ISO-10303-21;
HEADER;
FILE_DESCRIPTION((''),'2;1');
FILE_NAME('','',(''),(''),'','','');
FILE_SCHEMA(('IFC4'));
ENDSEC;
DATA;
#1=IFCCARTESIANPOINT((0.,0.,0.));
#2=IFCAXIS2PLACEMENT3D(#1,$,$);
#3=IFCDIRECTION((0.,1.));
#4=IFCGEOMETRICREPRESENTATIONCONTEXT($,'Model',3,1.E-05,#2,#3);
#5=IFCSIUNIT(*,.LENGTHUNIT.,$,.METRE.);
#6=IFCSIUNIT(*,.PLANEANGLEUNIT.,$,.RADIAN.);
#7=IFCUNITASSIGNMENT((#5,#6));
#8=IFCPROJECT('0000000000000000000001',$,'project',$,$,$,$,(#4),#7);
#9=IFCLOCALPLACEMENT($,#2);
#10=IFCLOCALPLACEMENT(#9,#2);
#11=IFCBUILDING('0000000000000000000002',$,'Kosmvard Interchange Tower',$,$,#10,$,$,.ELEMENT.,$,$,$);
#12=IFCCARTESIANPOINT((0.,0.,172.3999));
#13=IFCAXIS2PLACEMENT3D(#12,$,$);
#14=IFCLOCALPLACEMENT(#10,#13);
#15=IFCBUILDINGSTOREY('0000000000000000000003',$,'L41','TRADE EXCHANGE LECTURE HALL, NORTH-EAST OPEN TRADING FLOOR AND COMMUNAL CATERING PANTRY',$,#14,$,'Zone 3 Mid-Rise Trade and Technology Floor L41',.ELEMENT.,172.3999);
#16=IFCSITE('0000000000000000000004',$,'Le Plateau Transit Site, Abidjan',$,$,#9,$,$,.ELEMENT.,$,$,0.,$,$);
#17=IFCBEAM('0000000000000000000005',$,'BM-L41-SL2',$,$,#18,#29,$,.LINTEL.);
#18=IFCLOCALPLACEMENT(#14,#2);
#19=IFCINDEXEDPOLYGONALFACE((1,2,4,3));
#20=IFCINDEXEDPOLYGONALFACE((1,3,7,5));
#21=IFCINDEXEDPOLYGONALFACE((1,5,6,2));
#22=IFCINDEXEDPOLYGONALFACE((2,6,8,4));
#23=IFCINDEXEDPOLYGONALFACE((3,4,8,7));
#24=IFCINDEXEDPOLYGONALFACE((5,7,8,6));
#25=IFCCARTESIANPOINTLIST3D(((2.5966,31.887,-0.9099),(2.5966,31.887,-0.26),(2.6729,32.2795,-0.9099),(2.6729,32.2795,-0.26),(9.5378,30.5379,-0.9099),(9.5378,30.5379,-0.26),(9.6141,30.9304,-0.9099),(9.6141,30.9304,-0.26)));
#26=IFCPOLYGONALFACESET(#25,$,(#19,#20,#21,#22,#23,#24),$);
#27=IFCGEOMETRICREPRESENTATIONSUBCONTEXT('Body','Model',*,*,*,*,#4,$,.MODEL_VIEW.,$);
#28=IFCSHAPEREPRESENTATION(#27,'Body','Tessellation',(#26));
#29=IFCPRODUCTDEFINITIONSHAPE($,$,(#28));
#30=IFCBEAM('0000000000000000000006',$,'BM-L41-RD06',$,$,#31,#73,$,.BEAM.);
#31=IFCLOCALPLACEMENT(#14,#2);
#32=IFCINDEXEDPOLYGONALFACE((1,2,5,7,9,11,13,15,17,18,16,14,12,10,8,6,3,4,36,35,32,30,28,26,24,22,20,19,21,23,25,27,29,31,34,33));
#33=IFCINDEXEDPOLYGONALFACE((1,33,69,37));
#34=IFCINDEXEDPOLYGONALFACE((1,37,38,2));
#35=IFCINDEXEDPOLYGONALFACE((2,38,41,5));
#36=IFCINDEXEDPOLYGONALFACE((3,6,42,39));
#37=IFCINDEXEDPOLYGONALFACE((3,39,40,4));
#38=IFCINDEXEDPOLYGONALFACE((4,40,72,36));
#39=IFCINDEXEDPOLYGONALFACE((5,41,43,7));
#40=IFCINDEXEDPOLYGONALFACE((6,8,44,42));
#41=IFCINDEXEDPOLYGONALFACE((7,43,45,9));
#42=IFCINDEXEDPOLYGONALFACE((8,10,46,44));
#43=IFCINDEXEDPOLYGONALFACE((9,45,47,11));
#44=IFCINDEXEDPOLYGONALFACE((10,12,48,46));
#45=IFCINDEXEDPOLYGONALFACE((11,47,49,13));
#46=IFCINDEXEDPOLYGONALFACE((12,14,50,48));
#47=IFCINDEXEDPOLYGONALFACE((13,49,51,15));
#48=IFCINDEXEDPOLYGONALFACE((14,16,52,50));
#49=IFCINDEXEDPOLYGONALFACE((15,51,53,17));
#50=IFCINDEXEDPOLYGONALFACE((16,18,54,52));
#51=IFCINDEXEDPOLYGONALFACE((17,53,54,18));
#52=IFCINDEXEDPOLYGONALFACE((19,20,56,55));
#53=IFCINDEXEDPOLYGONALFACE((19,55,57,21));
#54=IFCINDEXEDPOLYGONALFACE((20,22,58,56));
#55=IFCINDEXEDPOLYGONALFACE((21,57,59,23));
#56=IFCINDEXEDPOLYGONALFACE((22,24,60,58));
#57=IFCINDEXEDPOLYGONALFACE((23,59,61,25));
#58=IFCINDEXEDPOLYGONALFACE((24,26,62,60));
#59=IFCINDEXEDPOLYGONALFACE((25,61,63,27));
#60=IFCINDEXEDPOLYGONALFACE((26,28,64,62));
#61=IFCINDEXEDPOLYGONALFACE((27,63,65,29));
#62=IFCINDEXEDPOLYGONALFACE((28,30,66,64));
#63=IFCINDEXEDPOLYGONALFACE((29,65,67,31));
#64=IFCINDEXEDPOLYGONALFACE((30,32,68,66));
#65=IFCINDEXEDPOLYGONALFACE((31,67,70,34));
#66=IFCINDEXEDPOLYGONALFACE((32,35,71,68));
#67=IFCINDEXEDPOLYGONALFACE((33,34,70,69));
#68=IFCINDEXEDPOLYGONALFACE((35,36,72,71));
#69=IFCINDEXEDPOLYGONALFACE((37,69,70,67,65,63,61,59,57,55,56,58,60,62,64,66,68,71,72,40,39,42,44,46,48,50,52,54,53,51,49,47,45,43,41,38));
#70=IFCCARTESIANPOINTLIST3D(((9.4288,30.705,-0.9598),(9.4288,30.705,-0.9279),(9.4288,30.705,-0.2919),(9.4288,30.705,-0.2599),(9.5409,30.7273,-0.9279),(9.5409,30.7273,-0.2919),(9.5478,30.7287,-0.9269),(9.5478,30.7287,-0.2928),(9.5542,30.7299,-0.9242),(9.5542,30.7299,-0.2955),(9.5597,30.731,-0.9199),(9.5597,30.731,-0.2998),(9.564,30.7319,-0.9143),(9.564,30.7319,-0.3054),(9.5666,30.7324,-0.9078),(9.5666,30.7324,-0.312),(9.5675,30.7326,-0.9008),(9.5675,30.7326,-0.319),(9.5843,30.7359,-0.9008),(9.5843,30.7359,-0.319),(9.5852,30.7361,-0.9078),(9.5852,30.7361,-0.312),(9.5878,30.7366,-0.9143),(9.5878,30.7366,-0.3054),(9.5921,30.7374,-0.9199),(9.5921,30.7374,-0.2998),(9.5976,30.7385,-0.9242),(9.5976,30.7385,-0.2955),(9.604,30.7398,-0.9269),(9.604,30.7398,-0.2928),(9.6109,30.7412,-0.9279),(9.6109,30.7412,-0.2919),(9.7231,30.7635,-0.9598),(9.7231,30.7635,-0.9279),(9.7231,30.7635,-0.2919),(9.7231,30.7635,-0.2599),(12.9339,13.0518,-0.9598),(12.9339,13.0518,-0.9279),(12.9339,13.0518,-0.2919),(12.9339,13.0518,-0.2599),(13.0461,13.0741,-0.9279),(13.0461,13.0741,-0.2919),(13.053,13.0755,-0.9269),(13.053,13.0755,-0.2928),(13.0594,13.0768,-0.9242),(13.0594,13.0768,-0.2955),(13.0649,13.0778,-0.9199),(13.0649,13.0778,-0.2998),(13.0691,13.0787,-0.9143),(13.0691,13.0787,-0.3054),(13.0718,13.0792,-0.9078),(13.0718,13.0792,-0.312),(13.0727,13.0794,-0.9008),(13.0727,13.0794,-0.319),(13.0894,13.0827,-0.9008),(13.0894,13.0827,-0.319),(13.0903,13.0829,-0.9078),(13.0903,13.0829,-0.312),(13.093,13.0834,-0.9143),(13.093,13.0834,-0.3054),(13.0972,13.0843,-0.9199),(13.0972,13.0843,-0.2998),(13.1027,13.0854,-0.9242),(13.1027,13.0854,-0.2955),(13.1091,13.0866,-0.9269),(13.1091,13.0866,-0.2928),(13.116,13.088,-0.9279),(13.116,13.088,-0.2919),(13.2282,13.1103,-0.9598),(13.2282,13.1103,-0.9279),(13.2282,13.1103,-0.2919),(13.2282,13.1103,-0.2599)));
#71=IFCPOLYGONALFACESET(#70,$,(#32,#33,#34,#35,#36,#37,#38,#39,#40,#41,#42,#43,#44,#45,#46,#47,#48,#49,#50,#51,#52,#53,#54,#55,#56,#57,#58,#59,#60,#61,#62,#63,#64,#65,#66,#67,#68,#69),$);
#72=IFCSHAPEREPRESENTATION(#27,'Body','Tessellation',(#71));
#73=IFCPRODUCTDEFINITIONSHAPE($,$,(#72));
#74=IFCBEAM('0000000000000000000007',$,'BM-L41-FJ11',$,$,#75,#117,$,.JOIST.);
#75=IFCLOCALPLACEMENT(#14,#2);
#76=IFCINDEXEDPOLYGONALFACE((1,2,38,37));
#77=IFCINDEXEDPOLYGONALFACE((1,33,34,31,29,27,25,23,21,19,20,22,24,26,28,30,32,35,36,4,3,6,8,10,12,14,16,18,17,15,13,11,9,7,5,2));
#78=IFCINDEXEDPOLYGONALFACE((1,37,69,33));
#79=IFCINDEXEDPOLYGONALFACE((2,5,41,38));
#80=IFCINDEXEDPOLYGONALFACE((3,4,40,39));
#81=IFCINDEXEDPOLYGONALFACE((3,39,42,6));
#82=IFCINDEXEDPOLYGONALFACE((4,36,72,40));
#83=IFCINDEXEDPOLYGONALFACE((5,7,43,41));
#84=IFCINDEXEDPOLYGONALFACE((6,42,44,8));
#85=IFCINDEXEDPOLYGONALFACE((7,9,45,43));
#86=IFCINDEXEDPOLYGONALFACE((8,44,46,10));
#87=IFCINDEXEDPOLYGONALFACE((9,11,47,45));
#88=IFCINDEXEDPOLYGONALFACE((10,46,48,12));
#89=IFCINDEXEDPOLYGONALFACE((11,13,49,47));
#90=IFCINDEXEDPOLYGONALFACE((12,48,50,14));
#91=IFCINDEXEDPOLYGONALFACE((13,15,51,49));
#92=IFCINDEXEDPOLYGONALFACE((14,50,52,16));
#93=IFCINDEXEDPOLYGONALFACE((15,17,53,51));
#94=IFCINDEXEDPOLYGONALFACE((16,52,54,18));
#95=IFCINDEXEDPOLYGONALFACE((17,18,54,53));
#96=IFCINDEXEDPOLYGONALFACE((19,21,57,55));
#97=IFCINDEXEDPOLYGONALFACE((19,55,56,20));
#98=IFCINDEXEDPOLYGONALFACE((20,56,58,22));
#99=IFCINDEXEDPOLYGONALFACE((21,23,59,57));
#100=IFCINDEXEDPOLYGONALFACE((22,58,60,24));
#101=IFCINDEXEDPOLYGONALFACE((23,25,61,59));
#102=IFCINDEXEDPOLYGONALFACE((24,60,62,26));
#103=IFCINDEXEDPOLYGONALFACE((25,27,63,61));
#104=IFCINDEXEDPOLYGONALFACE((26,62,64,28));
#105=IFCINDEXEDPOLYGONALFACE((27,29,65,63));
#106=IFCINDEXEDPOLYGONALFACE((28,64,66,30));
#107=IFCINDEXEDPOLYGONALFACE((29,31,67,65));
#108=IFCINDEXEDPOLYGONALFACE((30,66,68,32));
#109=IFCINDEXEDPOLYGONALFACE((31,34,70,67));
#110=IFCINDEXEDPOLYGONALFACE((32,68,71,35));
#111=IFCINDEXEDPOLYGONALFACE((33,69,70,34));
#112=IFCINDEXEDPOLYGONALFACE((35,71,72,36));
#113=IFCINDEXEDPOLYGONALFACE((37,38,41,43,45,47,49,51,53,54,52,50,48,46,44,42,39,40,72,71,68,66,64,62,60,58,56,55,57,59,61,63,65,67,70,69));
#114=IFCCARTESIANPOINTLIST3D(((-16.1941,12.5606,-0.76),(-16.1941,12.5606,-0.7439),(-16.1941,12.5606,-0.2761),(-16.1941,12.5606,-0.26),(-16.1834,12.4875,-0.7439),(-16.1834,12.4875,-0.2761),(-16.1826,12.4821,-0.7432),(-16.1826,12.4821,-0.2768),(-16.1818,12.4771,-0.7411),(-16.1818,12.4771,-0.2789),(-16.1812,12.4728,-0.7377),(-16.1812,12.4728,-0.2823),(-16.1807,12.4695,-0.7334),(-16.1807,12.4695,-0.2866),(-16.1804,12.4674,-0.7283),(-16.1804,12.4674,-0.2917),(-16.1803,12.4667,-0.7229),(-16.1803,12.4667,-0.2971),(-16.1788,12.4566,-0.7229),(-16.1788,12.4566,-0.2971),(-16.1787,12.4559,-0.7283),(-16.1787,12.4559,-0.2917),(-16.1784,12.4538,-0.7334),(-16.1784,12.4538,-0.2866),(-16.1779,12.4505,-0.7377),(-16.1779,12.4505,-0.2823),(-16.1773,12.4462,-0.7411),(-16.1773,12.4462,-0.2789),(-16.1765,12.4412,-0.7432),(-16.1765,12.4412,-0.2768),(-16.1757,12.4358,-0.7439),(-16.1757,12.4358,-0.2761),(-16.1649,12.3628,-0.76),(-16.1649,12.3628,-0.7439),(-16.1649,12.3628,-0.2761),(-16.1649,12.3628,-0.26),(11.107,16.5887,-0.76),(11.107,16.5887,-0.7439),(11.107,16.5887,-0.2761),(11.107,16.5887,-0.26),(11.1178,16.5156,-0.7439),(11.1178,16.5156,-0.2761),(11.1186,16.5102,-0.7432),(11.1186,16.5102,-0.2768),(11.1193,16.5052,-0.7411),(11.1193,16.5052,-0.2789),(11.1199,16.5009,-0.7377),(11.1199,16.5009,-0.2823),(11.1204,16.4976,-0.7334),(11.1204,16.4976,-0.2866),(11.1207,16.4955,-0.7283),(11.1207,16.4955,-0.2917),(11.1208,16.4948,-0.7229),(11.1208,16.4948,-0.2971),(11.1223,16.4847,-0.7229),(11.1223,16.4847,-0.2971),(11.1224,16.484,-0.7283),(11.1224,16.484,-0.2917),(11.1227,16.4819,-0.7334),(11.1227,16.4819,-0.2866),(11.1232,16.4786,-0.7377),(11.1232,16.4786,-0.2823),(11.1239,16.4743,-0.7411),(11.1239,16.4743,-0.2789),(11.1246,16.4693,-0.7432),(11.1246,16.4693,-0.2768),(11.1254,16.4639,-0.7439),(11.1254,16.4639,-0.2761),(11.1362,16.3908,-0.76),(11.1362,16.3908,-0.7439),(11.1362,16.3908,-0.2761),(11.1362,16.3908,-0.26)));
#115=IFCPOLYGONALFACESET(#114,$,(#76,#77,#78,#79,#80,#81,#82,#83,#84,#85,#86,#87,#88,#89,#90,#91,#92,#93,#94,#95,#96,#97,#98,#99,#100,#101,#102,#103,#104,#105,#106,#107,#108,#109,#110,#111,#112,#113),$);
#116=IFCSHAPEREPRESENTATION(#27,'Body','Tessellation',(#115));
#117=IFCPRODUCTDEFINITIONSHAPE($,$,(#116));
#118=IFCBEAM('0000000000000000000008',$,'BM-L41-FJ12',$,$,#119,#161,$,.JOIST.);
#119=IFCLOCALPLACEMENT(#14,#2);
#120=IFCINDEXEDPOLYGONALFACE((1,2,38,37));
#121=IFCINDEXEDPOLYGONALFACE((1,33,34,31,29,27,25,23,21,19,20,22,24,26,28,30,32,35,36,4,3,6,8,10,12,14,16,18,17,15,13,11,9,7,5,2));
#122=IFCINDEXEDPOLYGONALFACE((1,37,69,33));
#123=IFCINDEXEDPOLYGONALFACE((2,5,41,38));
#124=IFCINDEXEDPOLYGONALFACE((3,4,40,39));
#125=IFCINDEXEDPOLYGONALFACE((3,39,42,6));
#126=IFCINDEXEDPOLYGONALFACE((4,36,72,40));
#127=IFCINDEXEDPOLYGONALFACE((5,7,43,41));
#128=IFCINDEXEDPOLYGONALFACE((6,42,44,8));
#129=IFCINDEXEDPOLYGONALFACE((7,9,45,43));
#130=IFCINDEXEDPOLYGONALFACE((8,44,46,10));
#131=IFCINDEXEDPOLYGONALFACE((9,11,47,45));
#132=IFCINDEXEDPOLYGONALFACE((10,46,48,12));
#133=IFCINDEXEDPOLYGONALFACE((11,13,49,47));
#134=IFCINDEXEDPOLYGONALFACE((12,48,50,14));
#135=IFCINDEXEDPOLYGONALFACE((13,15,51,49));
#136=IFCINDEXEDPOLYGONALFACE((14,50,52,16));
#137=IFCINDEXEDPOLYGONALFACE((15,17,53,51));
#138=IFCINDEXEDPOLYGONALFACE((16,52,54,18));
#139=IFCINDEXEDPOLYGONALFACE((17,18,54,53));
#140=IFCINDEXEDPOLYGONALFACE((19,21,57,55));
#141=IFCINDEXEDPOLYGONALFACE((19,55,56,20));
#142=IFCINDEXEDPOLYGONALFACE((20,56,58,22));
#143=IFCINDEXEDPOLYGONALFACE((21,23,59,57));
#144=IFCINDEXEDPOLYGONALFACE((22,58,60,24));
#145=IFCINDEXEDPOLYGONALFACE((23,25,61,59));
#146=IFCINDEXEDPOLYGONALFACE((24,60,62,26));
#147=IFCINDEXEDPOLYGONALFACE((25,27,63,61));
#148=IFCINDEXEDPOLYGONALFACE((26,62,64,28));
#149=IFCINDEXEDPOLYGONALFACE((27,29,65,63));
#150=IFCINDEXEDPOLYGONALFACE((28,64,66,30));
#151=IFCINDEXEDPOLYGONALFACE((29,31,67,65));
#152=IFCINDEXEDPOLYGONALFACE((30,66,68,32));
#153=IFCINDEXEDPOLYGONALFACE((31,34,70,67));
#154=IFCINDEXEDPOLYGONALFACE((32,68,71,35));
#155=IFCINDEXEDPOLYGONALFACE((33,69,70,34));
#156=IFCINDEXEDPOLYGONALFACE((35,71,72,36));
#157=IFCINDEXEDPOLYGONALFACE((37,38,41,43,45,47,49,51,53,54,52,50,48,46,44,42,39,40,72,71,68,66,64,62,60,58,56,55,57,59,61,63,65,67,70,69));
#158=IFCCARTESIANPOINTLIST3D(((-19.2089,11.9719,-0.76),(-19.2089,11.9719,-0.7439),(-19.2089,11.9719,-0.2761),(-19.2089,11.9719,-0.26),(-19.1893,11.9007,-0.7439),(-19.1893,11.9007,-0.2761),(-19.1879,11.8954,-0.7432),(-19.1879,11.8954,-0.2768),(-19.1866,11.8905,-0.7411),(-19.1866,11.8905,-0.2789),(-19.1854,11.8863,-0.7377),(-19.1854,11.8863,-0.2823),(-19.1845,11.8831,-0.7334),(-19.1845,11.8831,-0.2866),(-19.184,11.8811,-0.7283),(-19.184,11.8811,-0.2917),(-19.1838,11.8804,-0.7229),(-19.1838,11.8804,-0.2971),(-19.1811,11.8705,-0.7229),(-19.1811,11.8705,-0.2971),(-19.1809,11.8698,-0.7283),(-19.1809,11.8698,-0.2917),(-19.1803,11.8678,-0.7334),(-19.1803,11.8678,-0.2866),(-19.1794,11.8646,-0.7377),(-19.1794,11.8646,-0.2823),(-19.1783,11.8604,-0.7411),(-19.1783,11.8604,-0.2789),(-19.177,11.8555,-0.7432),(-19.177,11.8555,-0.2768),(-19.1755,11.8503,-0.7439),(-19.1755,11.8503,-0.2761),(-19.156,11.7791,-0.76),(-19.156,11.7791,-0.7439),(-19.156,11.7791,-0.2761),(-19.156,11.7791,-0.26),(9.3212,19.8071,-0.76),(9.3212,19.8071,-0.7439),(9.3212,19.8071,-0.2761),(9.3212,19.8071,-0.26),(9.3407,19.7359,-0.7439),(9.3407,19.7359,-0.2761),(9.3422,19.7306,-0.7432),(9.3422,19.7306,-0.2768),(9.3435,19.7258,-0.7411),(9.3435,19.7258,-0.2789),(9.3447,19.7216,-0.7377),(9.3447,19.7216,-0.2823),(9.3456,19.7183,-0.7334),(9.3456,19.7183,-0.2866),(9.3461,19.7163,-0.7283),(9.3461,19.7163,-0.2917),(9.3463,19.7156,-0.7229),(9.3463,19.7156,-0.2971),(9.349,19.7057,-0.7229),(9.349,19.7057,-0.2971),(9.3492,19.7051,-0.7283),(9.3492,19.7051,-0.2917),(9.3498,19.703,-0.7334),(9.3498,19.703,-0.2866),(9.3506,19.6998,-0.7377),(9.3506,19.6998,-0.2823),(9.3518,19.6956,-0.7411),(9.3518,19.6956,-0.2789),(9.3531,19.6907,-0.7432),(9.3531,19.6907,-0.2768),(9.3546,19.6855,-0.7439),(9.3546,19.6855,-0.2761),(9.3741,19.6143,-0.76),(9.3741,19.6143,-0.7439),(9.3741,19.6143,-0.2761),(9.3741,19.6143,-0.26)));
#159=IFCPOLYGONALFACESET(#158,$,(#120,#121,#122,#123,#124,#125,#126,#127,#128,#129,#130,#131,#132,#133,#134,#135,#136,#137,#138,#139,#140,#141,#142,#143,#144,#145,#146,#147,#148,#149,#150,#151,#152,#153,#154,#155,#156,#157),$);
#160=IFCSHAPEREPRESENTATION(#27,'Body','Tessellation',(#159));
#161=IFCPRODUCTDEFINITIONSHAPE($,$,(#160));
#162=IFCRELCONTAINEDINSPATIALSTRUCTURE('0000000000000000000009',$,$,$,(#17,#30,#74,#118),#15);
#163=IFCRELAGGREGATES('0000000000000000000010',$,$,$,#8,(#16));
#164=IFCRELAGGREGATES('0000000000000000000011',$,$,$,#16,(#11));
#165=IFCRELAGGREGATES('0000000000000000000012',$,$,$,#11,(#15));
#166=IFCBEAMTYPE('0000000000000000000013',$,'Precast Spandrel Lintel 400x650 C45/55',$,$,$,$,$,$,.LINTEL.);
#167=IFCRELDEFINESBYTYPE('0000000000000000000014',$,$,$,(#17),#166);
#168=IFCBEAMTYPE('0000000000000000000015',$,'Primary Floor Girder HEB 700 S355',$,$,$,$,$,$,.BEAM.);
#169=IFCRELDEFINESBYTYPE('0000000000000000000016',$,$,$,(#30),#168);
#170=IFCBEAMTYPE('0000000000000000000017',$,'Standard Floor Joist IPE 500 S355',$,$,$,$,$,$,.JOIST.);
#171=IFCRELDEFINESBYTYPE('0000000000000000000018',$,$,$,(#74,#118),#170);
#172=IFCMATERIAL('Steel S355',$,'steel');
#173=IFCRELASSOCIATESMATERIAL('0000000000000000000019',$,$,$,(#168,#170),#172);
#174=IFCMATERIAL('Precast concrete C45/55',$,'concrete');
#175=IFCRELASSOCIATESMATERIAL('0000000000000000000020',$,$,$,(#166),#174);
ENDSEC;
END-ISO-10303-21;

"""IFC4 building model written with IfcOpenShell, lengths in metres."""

from ifc_helpers import new_model, si_unit, direction, frame, origin, origin_2d, place, context, subcontext, project, spatial, rectangle, i_section, extrude, source, transform, mapped, material, material_profile, profile_set, type_object, element, save


model = new_model("IFC4")

# Units and contexts
model_context = context("Model", 3, precision=1e-05, world=origin(), true_north=direction((0.0, 1.0)))
body_context = subcontext(model_context, "Body", "Model", "MODEL_VIEW")
ifc_project = project(units=[si_unit("LENGTHUNIT", "METRE"), si_unit("PLANEANGLEUNIT", "RADIAN")], contexts=[model_context])

# Site, building, storey
site_placement = place(None, origin())
site = spatial("IfcSite", under=ifc_project, at=site_placement, Name="Le Plateau Transit Site, Abidjan", CompositionType="ELEMENT", RefElevation=0.0)
building_placement = place(site_placement, origin())
building = spatial("IfcBuilding", under=site, at=building_placement, Name="Kosmvard Interchange Tower", CompositionType="ELEMENT")
storey_placement = place(building_placement, frame((0.0, 0.0, 172.3999)))
storey = spatial("IfcBuildingStorey", under=building, at=storey_placement, Name="L41", Description="TRADE EXCHANGE LECTURE HALL, NORTH-EAST OPEN TRADING FLOOR AND COMMUNAL CATERING PANTRY", LongName="Zone 3 Mid-Rise Trade and Technology Floor L41", CompositionType="ELEMENT", Elevation=172.3999)

# Beams
ifc_material_1 = material(Name="Steel S355", Category="steel")
ifc_material_profile_1 = material_profile(ifc_material_1, i_section(OverallWidth=0.3, OverallDepth=0.7, WebThickness=0.0171, FlangeThickness=0.032, FilletRadius=0.0271, at=origin_2d()), Name="HEB 700")
ifc_profile_set_1 = profile_set([ifc_material_profile_1], Name="Steel S355")
beam_type_1 = type_object("IfcBeamType", Name="Primary Floor Girder HEB 700 S355", PredefinedType="BEAM", material=ifc_profile_set_1)
ifc_material_2 = material(Name="Precast concrete C45/55", Category="concrete")
ifc_material_profile_2 = material_profile(ifc_material_2, rectangle(XDim=0.3999, YDim=0.6499, at=origin_2d()), Name="SL 400x650")
ifc_profile_set_2 = profile_set([ifc_material_profile_2], Name="Precast concrete C45/55")
beam_type_2 = type_object("IfcBeamType", Name="Precast Spandrel Lintel 400x650 C45/55", PredefinedType="LINTEL", material=ifc_profile_set_2)
shared_shape_1 = source(origin(), body_context, "Body", "SweptSolid", [
    extrude(rectangle(XDim=0.3999, YDim=0.6499, at=origin_2d()), origin(), (0.0, 0.0, 1.0), 7.071),
])
beam_1_placement = place(storey_placement, frame((9.5759, 30.7341, -0.585), z_axis=(-0.98163, 0.190795, 0.0), x_axis=(-0.190795, -0.98163, 0.0)))
element("IfcBeam", 1, at=beam_1_placement, inside=storey, type_object=beam_type_2, Name="BM-L41-SL2", PredefinedType="LINTEL", context=body_context, shape_type="MappedRepresentation", body=[
    mapped(shared_shape_1, transform((0.0, 0.0, 0.0), scale=1.0)),
])
shared_shape_2 = source(origin(), body_context, "Body", "SweptSolid", [
    extrude(i_section(OverallWidth=0.3, OverallDepth=0.7, WebThickness=0.0171, FlangeThickness=0.032, FilletRadius=0.0271, at=origin_2d()), origin(), (0.0, 0.0, 1.0), 17.9978),
])
beam_2_placement = place(storey_placement, frame((13.0811, 13.0811, -0.6099), z_axis=(-0.194754, 0.980852, 0.0), x_axis=(-0.980852, -0.194754, 0.0)))
element("IfcBeam", 2, at=beam_2_placement, inside=storey, type_object=beam_type_1, Name="BM-L41-RD06", PredefinedType="BEAM", context=body_context, shape_type="MappedRepresentation", body=[
    mapped(shared_shape_2, transform((0.0, 0.0, 0.0), scale=1.0)),
])
ifc_material_profile_3 = material_profile(ifc_material_1, i_section(OverallWidth=0.2, OverallDepth=0.5, WebThickness=0.0103, FlangeThickness=0.0161, FilletRadius=0.021, at=origin_2d()), Name="IPE 500")
ifc_profile_set_3 = profile_set([ifc_material_profile_3], Name="Steel S355")
beam_type_3 = type_object("IfcBeamType", Name="Standard Floor Joist IPE 500 S355", PredefinedType="JOIST", material=ifc_profile_set_3)
shared_shape_3 = source(origin(), body_context, "Body", "SweptSolid", [
    extrude(i_section(OverallWidth=0.2, OverallDepth=0.5, WebThickness=0.0103, FlangeThickness=0.0161, FilletRadius=0.021, at=origin_2d()), origin(), (0.0, 0.0, 1.0), 27.5967),
])
beam_3_placement = place(storey_placement, frame((11.1216, 16.4897, -0.51), z_axis=(-0.98929, -0.145963, 0.0), x_axis=(0.145963, -0.98929, 0.0)))
element("IfcBeam", 3, at=beam_3_placement, inside=storey, type_object=beam_type_3, Name="BM-L41-FJ11", PredefinedType="JOIST", context=body_context, shape_type="MappedRepresentation", body=[
    mapped(shared_shape_3, transform((0.0, 0.0, 0.0), scale=1.0)),
])
shared_shape_4 = source(origin(), body_context, "Body", "SweptSolid", [
    extrude(i_section(OverallWidth=0.2, OverallDepth=0.5, WebThickness=0.0103, FlangeThickness=0.0161, FilletRadius=0.021, at=origin_2d()), origin(), (0.0, 0.0, 1.0), 29.5864),
])
beam_4_placement = place(storey_placement, frame((9.3477, 19.7107, -0.51), z_axis=(-0.964297, -0.264825, 0.0), x_axis=(0.264825, -0.964297, 0.0)))
element("IfcBeam", 4, at=beam_4_placement, inside=storey, type_object=beam_type_3, Name="BM-L41-FJ12", PredefinedType="JOIST", context=body_context, shape_type="MappedRepresentation", body=[
    mapped(shared_shape_4, transform((0.0, 0.0, 0.0), scale=1.0)),
])

save(model, "model.ifc")
